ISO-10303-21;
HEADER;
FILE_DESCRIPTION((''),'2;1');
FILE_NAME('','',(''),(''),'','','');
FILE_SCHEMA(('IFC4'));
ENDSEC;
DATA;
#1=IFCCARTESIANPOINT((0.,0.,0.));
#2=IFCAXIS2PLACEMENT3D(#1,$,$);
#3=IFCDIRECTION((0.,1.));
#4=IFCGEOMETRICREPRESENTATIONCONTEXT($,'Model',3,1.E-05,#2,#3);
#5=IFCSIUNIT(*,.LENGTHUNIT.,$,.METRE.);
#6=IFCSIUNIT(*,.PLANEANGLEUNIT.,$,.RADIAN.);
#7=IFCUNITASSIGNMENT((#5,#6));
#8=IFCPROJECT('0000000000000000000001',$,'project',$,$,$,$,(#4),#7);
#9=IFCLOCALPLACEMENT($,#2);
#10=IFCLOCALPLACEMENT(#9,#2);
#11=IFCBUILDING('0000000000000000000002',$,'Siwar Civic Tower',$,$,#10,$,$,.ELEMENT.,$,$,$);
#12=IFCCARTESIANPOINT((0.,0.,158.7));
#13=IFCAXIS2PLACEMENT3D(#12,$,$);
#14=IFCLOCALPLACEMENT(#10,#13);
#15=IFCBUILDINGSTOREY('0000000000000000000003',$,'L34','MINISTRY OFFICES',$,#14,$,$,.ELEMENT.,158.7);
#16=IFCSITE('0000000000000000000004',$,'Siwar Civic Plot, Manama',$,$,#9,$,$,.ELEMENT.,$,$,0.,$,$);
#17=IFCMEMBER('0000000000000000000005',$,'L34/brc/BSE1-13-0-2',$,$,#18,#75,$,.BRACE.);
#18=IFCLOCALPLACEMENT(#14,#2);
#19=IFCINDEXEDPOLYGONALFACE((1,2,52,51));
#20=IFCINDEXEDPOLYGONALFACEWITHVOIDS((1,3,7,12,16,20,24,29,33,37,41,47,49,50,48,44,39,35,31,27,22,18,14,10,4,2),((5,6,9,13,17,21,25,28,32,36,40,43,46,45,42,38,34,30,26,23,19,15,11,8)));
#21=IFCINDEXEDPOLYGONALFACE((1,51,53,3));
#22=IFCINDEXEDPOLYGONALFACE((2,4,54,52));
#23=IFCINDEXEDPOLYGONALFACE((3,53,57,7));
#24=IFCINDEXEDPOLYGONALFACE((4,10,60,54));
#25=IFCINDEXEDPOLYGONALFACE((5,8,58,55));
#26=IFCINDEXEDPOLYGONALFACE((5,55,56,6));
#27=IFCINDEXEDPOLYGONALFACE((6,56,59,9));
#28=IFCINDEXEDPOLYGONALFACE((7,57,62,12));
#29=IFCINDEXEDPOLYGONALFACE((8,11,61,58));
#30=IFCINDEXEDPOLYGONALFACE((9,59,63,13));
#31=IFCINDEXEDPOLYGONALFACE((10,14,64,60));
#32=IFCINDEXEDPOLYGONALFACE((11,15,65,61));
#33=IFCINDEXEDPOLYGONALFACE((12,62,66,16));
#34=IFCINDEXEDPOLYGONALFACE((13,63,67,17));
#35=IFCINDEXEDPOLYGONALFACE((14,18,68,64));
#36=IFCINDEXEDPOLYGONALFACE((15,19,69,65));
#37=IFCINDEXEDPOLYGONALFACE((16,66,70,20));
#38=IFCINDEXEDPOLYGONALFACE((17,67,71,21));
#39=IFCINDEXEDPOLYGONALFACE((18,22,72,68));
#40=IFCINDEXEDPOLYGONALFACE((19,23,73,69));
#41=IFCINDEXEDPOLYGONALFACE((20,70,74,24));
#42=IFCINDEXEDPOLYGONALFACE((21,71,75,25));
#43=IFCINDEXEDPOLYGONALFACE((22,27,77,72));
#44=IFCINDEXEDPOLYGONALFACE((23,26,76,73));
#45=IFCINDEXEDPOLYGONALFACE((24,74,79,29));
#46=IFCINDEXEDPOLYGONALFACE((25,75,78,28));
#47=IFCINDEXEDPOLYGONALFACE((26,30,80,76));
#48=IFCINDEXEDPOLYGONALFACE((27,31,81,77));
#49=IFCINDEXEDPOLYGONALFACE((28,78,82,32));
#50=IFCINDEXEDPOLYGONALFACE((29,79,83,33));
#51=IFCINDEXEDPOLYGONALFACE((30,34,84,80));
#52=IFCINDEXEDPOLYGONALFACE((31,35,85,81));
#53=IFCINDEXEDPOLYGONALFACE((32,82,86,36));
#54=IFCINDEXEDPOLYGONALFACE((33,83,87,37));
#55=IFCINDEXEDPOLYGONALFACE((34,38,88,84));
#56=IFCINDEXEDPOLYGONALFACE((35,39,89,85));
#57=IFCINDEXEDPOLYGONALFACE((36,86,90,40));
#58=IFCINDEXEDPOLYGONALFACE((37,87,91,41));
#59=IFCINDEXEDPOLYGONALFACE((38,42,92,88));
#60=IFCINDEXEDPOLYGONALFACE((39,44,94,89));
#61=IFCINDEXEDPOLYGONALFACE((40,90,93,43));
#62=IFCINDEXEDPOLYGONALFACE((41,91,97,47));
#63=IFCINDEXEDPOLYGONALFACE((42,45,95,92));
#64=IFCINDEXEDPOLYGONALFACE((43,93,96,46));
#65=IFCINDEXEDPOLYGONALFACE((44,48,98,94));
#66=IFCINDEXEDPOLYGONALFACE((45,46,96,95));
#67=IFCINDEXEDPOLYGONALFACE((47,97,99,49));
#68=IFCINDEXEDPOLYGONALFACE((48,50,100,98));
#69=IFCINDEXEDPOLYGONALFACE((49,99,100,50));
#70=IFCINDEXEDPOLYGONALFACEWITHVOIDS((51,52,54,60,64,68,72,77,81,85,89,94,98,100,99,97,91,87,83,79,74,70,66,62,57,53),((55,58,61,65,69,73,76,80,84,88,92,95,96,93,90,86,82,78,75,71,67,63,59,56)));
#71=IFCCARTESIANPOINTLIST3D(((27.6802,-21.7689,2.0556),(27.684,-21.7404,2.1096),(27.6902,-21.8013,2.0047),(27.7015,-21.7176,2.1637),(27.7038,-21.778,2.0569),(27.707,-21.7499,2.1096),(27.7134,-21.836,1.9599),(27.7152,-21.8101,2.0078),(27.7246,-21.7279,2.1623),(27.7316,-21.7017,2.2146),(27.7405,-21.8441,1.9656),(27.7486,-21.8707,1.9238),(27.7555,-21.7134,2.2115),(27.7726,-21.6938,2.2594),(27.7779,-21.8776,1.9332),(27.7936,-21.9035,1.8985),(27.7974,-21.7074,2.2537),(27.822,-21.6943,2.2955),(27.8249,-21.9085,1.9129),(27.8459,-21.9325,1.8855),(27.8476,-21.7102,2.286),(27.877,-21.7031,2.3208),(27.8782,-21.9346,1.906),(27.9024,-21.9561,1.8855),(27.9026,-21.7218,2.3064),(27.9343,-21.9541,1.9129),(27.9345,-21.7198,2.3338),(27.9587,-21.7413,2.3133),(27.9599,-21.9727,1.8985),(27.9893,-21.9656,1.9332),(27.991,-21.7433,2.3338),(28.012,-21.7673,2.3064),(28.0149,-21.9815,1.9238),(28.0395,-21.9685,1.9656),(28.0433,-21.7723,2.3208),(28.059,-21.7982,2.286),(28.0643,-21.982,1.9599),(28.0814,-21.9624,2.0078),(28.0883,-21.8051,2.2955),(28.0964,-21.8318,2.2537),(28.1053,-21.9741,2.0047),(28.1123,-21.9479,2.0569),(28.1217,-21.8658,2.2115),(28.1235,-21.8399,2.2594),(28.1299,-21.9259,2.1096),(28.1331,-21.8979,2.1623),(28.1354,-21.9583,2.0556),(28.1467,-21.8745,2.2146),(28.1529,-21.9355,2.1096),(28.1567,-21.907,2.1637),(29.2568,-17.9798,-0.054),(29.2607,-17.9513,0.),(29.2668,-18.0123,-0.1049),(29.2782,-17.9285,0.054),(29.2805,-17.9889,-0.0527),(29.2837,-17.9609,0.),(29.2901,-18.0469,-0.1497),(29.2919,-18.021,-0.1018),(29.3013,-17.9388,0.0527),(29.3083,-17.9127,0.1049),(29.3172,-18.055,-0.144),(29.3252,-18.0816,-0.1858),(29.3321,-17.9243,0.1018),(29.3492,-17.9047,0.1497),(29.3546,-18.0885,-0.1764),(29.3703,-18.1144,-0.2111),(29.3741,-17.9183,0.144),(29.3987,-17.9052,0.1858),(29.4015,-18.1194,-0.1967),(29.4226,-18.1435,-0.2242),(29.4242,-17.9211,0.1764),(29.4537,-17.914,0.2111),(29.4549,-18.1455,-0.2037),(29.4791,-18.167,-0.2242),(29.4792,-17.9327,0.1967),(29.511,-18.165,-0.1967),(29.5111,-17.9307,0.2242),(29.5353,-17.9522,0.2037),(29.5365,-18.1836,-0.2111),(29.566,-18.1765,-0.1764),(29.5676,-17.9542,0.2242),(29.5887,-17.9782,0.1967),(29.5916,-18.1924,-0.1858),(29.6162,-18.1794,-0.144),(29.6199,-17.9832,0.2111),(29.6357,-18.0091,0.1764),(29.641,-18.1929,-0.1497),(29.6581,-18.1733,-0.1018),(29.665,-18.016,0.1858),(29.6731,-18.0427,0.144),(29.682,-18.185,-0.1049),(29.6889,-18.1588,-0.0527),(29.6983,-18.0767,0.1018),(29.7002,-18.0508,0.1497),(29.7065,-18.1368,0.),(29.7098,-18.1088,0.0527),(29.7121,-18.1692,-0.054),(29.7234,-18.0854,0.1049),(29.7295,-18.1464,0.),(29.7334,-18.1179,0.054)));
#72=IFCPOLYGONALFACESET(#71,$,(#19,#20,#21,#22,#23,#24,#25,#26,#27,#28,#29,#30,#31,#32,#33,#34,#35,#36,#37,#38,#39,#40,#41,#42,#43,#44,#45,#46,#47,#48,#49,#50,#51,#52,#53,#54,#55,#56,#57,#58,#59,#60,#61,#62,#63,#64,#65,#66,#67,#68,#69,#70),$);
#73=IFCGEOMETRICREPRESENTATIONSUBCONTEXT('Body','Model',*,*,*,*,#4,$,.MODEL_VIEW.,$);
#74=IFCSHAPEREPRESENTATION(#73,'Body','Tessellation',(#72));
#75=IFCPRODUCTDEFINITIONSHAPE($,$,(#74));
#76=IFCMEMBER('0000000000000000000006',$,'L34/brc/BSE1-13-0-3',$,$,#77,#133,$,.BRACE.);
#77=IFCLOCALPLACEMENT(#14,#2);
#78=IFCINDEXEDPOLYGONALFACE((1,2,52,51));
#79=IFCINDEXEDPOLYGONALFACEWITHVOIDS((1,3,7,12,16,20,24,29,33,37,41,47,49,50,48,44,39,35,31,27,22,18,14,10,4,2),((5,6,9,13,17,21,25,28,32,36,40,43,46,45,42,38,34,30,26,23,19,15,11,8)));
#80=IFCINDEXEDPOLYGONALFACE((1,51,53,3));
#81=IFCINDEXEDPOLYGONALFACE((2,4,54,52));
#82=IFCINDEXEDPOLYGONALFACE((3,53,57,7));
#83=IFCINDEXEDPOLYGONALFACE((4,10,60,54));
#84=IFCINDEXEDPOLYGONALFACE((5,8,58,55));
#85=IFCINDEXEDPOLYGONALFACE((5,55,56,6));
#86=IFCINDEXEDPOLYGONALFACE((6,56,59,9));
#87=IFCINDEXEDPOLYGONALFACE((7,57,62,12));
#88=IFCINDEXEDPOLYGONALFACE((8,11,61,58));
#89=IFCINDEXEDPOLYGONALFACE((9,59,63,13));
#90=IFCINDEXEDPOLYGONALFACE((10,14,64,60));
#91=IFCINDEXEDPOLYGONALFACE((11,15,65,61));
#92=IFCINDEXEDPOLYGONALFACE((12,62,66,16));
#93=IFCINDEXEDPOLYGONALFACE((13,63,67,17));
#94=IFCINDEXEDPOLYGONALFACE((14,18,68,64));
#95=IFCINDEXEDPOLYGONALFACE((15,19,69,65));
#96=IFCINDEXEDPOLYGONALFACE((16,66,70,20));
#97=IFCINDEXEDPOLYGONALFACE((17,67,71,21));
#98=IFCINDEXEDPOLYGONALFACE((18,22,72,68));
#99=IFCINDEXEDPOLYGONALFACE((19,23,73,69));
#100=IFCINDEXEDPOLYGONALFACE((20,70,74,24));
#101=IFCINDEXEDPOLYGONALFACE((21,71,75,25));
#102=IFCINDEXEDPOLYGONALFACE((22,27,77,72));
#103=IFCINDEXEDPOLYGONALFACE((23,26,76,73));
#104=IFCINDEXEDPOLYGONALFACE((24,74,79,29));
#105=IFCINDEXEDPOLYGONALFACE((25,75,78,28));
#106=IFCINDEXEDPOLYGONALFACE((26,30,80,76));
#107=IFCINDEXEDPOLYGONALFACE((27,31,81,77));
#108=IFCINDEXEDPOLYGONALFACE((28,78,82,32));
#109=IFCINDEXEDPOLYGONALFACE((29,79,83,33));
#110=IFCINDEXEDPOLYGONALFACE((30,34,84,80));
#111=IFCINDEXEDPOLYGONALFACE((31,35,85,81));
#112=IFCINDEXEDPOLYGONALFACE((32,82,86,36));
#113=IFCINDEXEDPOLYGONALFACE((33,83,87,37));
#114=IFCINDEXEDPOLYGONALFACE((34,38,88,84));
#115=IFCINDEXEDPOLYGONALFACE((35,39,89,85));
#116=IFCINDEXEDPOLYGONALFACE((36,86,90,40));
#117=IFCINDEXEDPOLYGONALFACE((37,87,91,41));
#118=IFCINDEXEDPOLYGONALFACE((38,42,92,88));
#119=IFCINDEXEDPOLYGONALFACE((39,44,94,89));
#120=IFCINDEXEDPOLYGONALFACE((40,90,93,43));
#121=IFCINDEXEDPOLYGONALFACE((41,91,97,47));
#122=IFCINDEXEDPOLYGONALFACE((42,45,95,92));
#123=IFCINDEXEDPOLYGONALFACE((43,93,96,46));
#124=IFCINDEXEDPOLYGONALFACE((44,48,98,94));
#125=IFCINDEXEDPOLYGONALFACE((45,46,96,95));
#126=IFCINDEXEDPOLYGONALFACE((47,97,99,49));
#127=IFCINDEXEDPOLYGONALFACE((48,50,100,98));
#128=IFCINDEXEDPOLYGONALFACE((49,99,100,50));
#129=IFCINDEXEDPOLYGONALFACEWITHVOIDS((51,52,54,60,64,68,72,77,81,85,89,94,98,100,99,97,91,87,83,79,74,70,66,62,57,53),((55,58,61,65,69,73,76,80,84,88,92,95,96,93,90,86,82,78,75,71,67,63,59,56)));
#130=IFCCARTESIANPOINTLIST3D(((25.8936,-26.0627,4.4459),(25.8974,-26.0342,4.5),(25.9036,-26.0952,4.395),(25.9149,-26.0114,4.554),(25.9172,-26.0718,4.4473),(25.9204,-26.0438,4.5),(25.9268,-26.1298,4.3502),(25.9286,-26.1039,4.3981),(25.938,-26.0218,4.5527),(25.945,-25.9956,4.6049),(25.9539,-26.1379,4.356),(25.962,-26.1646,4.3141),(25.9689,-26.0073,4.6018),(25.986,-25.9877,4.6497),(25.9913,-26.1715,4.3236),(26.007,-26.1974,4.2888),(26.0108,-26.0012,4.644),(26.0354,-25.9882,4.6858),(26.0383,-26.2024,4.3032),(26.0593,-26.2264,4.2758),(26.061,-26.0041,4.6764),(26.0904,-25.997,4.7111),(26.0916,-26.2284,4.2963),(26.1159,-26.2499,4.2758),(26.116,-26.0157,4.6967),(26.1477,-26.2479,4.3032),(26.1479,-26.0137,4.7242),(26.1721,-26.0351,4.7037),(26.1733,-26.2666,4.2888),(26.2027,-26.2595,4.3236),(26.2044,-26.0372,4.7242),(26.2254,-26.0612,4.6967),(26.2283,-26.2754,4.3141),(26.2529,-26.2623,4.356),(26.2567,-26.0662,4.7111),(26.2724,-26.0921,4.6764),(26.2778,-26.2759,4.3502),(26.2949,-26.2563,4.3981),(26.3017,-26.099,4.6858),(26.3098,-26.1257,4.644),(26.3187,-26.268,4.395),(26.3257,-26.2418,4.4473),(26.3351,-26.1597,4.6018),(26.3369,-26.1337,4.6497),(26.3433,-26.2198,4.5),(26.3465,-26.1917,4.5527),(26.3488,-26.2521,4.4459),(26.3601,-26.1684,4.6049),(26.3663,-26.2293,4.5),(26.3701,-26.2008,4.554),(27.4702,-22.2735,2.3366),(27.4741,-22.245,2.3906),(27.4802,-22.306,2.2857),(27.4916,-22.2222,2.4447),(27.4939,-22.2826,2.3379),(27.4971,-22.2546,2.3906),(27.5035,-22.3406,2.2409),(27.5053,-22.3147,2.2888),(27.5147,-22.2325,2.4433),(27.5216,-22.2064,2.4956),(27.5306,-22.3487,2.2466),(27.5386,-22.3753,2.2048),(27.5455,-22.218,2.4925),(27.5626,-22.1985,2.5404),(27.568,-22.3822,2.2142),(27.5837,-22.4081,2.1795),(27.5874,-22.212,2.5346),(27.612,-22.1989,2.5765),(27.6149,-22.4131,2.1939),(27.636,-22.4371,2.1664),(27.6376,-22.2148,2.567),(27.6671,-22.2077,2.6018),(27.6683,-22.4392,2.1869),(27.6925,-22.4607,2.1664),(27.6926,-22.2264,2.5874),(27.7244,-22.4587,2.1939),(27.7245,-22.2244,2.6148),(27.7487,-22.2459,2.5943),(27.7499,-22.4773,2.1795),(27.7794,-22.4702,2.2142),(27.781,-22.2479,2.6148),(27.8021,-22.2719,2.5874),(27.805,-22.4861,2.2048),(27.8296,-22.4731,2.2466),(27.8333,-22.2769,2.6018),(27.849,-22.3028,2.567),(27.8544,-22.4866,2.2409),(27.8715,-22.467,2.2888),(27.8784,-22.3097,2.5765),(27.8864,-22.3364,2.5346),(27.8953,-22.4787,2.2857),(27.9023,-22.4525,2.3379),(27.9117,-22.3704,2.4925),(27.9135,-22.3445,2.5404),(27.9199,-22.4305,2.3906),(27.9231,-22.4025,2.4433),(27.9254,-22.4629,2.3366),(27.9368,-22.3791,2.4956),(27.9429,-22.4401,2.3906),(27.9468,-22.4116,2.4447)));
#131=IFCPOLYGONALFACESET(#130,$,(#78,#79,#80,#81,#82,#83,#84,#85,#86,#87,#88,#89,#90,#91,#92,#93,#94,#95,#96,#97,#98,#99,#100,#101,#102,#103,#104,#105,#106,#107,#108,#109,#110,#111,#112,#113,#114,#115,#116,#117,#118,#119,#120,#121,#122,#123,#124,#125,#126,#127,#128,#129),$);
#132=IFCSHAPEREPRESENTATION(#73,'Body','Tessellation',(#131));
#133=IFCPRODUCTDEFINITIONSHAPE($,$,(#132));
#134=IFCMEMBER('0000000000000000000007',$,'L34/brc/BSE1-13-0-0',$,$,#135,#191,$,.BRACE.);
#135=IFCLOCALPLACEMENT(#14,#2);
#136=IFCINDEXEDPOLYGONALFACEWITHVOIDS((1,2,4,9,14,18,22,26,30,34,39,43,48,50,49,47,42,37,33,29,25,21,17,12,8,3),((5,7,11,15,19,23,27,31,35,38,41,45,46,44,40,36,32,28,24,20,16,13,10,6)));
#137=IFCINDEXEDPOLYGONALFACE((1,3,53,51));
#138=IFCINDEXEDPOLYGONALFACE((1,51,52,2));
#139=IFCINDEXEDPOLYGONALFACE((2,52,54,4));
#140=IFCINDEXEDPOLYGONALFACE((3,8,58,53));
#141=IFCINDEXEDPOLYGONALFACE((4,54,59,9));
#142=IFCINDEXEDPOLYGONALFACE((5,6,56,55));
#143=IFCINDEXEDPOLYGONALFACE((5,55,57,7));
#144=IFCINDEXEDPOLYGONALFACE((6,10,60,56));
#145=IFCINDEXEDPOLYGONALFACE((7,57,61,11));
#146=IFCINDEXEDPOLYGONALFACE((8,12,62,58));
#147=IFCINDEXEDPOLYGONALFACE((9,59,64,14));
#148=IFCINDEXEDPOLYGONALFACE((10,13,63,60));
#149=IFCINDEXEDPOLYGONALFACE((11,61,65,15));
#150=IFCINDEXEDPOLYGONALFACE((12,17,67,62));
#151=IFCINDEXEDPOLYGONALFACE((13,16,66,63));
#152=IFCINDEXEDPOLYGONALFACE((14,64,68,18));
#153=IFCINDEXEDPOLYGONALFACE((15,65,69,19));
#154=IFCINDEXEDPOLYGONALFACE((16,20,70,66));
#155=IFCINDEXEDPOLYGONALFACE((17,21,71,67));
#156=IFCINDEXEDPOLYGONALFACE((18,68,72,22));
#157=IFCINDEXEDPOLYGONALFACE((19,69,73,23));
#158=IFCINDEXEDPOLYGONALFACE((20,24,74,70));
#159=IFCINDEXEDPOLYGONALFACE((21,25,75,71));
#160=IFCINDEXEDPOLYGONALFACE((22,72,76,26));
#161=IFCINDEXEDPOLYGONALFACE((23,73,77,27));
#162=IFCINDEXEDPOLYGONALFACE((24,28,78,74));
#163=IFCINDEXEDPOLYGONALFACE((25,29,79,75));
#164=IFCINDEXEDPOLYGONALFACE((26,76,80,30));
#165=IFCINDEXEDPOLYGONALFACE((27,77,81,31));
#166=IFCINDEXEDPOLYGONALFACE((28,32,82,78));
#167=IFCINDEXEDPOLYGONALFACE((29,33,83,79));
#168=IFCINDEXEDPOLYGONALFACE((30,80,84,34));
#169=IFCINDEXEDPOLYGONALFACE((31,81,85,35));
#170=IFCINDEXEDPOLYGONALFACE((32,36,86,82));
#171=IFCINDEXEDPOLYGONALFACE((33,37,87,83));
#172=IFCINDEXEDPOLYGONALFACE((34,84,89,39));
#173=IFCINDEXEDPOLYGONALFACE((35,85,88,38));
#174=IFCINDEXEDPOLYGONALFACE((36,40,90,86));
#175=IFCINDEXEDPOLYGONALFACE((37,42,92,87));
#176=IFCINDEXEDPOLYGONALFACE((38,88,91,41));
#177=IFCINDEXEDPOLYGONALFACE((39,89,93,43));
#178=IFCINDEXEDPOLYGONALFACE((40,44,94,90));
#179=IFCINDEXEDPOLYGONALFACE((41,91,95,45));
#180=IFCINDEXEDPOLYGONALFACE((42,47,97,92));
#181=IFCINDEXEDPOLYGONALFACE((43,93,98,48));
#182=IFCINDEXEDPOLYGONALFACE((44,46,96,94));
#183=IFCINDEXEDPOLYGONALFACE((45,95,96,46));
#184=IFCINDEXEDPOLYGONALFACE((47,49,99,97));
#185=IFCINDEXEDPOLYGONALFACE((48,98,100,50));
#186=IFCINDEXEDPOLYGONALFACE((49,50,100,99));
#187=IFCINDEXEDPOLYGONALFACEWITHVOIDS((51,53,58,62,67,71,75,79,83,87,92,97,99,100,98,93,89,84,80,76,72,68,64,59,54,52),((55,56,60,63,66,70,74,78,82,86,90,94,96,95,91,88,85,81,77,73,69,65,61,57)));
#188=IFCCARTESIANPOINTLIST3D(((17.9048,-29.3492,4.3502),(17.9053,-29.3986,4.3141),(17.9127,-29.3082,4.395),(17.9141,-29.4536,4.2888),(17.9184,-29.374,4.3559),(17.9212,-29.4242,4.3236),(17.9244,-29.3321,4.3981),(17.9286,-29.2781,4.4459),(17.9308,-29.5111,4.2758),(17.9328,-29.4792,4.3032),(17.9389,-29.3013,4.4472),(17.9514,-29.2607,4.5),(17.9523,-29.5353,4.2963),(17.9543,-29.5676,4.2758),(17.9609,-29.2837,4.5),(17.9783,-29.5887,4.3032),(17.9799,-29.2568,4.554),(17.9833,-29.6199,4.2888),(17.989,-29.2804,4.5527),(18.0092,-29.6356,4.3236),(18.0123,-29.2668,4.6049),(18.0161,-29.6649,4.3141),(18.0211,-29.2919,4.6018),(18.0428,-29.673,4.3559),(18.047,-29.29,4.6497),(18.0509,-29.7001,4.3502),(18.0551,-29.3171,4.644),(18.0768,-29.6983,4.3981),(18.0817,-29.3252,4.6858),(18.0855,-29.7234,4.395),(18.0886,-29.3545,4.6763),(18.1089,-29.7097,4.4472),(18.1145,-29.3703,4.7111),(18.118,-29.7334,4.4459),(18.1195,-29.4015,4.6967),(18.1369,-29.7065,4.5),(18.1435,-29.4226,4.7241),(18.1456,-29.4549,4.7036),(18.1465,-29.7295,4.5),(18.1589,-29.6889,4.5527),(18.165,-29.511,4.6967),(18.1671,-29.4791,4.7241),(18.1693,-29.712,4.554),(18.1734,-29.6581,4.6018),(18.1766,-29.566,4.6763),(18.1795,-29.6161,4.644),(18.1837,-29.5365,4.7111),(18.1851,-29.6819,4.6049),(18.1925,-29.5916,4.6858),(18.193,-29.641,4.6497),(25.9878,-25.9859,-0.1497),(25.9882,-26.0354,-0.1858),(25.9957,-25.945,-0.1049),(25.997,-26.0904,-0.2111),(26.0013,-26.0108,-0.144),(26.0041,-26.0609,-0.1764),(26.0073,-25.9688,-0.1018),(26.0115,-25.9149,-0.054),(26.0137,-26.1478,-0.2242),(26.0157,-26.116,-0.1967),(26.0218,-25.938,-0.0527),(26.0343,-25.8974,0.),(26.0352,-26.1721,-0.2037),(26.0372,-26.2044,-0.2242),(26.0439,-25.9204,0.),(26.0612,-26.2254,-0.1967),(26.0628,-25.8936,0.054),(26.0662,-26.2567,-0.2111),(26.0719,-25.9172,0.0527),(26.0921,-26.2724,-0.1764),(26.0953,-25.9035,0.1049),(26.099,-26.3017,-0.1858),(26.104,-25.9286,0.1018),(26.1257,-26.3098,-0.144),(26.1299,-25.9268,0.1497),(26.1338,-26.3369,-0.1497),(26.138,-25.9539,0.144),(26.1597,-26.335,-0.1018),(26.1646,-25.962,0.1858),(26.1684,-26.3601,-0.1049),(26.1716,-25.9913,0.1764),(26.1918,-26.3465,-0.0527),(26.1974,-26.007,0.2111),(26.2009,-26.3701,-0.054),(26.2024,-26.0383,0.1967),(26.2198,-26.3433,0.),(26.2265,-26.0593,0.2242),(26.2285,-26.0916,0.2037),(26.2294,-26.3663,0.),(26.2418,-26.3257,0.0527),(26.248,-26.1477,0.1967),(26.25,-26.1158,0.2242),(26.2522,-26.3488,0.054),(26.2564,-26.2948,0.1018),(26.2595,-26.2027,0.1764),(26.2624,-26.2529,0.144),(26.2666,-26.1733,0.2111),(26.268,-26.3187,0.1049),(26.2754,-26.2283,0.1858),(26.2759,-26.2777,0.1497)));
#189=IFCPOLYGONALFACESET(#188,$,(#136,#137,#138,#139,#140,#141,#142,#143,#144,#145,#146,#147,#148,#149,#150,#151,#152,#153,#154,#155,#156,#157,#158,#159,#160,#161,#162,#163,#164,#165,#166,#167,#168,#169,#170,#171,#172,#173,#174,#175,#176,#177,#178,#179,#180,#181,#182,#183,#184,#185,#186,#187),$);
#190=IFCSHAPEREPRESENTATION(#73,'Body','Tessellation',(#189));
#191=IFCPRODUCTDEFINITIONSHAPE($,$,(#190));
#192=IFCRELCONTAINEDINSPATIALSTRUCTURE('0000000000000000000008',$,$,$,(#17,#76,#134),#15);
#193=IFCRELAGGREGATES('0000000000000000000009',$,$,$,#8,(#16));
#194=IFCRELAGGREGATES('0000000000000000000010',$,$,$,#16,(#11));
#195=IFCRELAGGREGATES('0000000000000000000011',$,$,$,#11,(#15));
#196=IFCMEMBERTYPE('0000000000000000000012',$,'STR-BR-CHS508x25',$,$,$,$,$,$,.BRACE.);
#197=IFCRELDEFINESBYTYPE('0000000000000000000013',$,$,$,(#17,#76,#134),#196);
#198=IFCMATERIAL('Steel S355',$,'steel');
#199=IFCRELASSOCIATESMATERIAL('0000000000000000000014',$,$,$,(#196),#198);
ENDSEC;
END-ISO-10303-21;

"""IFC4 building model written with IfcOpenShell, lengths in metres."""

from ifc_helpers import new_model, si_unit, direction, frame, origin, origin_2d, place, context, subcontext, project, spatial, hollow_circle, extrude, material, material_profile, profile_set, type_object, element, save


model = new_model("IFC4")

# Units and contexts
model_context = context("Model", 3, precision=1e-05, world=origin(), true_north=direction((0.0, 1.0)))
body_context = subcontext(model_context, "Body", "Model", "MODEL_VIEW")
ifc_project = project(units=[si_unit("LENGTHUNIT", "METRE"), si_unit("PLANEANGLEUNIT", "RADIAN")], contexts=[model_context])

# Site, building, storey
site_placement = place(None, origin())
site = spatial("IfcSite", under=ifc_project, at=site_placement, Name="Siwar Civic Plot, Manama", CompositionType="ELEMENT", RefElevation=0.0)
building_placement = place(site_placement, origin())
building = spatial("IfcBuilding", under=site, at=building_placement, Name="Siwar Civic Tower", CompositionType="ELEMENT")
storey_placement = place(building_placement, frame((0.0, 0.0, 158.7)))
storey = spatial("IfcBuildingStorey", under=building, at=storey_placement, Name="L34", Description="MINISTRY OFFICES", CompositionType="ELEMENT", Elevation=158.7)

# Members
ifc_material_1 = material(Name="Steel S355", Category="steel")
ifc_material_profile_1 = material_profile(ifc_material_1, hollow_circle(Radius=0.2539, WallThickness=0.0249, at=origin_2d()), Name="CHS508x25")
ifc_profile_set_1 = profile_set([ifc_material_profile_1], Name="Steel S355")
member_type_1 = type_object("IfcMemberType", Name="STR-BR-CHS508x25", PredefinedType="BRACE", material=ifc_profile_set_1)
for number, where, z_axis, x_axis, name in (
    (1, (29.4951, -18.0488, 0.0), (-0.341677, -0.821126, 0.457175), (0.92326, -0.384176, 0.0), "L34/brc/BSE1-13-0-2"),
    (2, (27.7085, -22.3425, 2.3906), (-0.341671, -0.821163, 0.457113), (0.923269, -0.384155, 0.0), "L34/brc/BSE1-13-0-3"),
):
    element("IfcMember", number, at=place(storey_placement, frame(where, z_axis=z_axis, x_axis=x_axis)), inside=storey, type_object=member_type_1, Name=name, PredefinedType="BRACE", context=body_context, shape_type="SweptSolid", body=[
        extrude(hollow_circle(Radius=0.2539, WallThickness=0.0249, at=origin_2d()), origin(), (0.0, 0.0, 1.0), 4.6145),
    ])
member_1_placement = place(storey_placement, frame((26.1318, -26.1318, 0.0), z_axis=(-0.821143, -0.341671, 0.457149), x_axis=(0.384164, -0.923265, 0.0)))
element("IfcMember", 3, at=member_1_placement, inside=storey, type_object=member_type_1, Name="L34/brc/BSE1-13-0-0", PredefinedType="BRACE", context=body_context, shape_type="SweptSolid", body=[
    extrude(hollow_circle(Radius=0.2539, WallThickness=0.0249, at=origin_2d()), origin(), (0.0, 0.0, 1.0), 9.8435),
])

save(model, "model.ifc")
